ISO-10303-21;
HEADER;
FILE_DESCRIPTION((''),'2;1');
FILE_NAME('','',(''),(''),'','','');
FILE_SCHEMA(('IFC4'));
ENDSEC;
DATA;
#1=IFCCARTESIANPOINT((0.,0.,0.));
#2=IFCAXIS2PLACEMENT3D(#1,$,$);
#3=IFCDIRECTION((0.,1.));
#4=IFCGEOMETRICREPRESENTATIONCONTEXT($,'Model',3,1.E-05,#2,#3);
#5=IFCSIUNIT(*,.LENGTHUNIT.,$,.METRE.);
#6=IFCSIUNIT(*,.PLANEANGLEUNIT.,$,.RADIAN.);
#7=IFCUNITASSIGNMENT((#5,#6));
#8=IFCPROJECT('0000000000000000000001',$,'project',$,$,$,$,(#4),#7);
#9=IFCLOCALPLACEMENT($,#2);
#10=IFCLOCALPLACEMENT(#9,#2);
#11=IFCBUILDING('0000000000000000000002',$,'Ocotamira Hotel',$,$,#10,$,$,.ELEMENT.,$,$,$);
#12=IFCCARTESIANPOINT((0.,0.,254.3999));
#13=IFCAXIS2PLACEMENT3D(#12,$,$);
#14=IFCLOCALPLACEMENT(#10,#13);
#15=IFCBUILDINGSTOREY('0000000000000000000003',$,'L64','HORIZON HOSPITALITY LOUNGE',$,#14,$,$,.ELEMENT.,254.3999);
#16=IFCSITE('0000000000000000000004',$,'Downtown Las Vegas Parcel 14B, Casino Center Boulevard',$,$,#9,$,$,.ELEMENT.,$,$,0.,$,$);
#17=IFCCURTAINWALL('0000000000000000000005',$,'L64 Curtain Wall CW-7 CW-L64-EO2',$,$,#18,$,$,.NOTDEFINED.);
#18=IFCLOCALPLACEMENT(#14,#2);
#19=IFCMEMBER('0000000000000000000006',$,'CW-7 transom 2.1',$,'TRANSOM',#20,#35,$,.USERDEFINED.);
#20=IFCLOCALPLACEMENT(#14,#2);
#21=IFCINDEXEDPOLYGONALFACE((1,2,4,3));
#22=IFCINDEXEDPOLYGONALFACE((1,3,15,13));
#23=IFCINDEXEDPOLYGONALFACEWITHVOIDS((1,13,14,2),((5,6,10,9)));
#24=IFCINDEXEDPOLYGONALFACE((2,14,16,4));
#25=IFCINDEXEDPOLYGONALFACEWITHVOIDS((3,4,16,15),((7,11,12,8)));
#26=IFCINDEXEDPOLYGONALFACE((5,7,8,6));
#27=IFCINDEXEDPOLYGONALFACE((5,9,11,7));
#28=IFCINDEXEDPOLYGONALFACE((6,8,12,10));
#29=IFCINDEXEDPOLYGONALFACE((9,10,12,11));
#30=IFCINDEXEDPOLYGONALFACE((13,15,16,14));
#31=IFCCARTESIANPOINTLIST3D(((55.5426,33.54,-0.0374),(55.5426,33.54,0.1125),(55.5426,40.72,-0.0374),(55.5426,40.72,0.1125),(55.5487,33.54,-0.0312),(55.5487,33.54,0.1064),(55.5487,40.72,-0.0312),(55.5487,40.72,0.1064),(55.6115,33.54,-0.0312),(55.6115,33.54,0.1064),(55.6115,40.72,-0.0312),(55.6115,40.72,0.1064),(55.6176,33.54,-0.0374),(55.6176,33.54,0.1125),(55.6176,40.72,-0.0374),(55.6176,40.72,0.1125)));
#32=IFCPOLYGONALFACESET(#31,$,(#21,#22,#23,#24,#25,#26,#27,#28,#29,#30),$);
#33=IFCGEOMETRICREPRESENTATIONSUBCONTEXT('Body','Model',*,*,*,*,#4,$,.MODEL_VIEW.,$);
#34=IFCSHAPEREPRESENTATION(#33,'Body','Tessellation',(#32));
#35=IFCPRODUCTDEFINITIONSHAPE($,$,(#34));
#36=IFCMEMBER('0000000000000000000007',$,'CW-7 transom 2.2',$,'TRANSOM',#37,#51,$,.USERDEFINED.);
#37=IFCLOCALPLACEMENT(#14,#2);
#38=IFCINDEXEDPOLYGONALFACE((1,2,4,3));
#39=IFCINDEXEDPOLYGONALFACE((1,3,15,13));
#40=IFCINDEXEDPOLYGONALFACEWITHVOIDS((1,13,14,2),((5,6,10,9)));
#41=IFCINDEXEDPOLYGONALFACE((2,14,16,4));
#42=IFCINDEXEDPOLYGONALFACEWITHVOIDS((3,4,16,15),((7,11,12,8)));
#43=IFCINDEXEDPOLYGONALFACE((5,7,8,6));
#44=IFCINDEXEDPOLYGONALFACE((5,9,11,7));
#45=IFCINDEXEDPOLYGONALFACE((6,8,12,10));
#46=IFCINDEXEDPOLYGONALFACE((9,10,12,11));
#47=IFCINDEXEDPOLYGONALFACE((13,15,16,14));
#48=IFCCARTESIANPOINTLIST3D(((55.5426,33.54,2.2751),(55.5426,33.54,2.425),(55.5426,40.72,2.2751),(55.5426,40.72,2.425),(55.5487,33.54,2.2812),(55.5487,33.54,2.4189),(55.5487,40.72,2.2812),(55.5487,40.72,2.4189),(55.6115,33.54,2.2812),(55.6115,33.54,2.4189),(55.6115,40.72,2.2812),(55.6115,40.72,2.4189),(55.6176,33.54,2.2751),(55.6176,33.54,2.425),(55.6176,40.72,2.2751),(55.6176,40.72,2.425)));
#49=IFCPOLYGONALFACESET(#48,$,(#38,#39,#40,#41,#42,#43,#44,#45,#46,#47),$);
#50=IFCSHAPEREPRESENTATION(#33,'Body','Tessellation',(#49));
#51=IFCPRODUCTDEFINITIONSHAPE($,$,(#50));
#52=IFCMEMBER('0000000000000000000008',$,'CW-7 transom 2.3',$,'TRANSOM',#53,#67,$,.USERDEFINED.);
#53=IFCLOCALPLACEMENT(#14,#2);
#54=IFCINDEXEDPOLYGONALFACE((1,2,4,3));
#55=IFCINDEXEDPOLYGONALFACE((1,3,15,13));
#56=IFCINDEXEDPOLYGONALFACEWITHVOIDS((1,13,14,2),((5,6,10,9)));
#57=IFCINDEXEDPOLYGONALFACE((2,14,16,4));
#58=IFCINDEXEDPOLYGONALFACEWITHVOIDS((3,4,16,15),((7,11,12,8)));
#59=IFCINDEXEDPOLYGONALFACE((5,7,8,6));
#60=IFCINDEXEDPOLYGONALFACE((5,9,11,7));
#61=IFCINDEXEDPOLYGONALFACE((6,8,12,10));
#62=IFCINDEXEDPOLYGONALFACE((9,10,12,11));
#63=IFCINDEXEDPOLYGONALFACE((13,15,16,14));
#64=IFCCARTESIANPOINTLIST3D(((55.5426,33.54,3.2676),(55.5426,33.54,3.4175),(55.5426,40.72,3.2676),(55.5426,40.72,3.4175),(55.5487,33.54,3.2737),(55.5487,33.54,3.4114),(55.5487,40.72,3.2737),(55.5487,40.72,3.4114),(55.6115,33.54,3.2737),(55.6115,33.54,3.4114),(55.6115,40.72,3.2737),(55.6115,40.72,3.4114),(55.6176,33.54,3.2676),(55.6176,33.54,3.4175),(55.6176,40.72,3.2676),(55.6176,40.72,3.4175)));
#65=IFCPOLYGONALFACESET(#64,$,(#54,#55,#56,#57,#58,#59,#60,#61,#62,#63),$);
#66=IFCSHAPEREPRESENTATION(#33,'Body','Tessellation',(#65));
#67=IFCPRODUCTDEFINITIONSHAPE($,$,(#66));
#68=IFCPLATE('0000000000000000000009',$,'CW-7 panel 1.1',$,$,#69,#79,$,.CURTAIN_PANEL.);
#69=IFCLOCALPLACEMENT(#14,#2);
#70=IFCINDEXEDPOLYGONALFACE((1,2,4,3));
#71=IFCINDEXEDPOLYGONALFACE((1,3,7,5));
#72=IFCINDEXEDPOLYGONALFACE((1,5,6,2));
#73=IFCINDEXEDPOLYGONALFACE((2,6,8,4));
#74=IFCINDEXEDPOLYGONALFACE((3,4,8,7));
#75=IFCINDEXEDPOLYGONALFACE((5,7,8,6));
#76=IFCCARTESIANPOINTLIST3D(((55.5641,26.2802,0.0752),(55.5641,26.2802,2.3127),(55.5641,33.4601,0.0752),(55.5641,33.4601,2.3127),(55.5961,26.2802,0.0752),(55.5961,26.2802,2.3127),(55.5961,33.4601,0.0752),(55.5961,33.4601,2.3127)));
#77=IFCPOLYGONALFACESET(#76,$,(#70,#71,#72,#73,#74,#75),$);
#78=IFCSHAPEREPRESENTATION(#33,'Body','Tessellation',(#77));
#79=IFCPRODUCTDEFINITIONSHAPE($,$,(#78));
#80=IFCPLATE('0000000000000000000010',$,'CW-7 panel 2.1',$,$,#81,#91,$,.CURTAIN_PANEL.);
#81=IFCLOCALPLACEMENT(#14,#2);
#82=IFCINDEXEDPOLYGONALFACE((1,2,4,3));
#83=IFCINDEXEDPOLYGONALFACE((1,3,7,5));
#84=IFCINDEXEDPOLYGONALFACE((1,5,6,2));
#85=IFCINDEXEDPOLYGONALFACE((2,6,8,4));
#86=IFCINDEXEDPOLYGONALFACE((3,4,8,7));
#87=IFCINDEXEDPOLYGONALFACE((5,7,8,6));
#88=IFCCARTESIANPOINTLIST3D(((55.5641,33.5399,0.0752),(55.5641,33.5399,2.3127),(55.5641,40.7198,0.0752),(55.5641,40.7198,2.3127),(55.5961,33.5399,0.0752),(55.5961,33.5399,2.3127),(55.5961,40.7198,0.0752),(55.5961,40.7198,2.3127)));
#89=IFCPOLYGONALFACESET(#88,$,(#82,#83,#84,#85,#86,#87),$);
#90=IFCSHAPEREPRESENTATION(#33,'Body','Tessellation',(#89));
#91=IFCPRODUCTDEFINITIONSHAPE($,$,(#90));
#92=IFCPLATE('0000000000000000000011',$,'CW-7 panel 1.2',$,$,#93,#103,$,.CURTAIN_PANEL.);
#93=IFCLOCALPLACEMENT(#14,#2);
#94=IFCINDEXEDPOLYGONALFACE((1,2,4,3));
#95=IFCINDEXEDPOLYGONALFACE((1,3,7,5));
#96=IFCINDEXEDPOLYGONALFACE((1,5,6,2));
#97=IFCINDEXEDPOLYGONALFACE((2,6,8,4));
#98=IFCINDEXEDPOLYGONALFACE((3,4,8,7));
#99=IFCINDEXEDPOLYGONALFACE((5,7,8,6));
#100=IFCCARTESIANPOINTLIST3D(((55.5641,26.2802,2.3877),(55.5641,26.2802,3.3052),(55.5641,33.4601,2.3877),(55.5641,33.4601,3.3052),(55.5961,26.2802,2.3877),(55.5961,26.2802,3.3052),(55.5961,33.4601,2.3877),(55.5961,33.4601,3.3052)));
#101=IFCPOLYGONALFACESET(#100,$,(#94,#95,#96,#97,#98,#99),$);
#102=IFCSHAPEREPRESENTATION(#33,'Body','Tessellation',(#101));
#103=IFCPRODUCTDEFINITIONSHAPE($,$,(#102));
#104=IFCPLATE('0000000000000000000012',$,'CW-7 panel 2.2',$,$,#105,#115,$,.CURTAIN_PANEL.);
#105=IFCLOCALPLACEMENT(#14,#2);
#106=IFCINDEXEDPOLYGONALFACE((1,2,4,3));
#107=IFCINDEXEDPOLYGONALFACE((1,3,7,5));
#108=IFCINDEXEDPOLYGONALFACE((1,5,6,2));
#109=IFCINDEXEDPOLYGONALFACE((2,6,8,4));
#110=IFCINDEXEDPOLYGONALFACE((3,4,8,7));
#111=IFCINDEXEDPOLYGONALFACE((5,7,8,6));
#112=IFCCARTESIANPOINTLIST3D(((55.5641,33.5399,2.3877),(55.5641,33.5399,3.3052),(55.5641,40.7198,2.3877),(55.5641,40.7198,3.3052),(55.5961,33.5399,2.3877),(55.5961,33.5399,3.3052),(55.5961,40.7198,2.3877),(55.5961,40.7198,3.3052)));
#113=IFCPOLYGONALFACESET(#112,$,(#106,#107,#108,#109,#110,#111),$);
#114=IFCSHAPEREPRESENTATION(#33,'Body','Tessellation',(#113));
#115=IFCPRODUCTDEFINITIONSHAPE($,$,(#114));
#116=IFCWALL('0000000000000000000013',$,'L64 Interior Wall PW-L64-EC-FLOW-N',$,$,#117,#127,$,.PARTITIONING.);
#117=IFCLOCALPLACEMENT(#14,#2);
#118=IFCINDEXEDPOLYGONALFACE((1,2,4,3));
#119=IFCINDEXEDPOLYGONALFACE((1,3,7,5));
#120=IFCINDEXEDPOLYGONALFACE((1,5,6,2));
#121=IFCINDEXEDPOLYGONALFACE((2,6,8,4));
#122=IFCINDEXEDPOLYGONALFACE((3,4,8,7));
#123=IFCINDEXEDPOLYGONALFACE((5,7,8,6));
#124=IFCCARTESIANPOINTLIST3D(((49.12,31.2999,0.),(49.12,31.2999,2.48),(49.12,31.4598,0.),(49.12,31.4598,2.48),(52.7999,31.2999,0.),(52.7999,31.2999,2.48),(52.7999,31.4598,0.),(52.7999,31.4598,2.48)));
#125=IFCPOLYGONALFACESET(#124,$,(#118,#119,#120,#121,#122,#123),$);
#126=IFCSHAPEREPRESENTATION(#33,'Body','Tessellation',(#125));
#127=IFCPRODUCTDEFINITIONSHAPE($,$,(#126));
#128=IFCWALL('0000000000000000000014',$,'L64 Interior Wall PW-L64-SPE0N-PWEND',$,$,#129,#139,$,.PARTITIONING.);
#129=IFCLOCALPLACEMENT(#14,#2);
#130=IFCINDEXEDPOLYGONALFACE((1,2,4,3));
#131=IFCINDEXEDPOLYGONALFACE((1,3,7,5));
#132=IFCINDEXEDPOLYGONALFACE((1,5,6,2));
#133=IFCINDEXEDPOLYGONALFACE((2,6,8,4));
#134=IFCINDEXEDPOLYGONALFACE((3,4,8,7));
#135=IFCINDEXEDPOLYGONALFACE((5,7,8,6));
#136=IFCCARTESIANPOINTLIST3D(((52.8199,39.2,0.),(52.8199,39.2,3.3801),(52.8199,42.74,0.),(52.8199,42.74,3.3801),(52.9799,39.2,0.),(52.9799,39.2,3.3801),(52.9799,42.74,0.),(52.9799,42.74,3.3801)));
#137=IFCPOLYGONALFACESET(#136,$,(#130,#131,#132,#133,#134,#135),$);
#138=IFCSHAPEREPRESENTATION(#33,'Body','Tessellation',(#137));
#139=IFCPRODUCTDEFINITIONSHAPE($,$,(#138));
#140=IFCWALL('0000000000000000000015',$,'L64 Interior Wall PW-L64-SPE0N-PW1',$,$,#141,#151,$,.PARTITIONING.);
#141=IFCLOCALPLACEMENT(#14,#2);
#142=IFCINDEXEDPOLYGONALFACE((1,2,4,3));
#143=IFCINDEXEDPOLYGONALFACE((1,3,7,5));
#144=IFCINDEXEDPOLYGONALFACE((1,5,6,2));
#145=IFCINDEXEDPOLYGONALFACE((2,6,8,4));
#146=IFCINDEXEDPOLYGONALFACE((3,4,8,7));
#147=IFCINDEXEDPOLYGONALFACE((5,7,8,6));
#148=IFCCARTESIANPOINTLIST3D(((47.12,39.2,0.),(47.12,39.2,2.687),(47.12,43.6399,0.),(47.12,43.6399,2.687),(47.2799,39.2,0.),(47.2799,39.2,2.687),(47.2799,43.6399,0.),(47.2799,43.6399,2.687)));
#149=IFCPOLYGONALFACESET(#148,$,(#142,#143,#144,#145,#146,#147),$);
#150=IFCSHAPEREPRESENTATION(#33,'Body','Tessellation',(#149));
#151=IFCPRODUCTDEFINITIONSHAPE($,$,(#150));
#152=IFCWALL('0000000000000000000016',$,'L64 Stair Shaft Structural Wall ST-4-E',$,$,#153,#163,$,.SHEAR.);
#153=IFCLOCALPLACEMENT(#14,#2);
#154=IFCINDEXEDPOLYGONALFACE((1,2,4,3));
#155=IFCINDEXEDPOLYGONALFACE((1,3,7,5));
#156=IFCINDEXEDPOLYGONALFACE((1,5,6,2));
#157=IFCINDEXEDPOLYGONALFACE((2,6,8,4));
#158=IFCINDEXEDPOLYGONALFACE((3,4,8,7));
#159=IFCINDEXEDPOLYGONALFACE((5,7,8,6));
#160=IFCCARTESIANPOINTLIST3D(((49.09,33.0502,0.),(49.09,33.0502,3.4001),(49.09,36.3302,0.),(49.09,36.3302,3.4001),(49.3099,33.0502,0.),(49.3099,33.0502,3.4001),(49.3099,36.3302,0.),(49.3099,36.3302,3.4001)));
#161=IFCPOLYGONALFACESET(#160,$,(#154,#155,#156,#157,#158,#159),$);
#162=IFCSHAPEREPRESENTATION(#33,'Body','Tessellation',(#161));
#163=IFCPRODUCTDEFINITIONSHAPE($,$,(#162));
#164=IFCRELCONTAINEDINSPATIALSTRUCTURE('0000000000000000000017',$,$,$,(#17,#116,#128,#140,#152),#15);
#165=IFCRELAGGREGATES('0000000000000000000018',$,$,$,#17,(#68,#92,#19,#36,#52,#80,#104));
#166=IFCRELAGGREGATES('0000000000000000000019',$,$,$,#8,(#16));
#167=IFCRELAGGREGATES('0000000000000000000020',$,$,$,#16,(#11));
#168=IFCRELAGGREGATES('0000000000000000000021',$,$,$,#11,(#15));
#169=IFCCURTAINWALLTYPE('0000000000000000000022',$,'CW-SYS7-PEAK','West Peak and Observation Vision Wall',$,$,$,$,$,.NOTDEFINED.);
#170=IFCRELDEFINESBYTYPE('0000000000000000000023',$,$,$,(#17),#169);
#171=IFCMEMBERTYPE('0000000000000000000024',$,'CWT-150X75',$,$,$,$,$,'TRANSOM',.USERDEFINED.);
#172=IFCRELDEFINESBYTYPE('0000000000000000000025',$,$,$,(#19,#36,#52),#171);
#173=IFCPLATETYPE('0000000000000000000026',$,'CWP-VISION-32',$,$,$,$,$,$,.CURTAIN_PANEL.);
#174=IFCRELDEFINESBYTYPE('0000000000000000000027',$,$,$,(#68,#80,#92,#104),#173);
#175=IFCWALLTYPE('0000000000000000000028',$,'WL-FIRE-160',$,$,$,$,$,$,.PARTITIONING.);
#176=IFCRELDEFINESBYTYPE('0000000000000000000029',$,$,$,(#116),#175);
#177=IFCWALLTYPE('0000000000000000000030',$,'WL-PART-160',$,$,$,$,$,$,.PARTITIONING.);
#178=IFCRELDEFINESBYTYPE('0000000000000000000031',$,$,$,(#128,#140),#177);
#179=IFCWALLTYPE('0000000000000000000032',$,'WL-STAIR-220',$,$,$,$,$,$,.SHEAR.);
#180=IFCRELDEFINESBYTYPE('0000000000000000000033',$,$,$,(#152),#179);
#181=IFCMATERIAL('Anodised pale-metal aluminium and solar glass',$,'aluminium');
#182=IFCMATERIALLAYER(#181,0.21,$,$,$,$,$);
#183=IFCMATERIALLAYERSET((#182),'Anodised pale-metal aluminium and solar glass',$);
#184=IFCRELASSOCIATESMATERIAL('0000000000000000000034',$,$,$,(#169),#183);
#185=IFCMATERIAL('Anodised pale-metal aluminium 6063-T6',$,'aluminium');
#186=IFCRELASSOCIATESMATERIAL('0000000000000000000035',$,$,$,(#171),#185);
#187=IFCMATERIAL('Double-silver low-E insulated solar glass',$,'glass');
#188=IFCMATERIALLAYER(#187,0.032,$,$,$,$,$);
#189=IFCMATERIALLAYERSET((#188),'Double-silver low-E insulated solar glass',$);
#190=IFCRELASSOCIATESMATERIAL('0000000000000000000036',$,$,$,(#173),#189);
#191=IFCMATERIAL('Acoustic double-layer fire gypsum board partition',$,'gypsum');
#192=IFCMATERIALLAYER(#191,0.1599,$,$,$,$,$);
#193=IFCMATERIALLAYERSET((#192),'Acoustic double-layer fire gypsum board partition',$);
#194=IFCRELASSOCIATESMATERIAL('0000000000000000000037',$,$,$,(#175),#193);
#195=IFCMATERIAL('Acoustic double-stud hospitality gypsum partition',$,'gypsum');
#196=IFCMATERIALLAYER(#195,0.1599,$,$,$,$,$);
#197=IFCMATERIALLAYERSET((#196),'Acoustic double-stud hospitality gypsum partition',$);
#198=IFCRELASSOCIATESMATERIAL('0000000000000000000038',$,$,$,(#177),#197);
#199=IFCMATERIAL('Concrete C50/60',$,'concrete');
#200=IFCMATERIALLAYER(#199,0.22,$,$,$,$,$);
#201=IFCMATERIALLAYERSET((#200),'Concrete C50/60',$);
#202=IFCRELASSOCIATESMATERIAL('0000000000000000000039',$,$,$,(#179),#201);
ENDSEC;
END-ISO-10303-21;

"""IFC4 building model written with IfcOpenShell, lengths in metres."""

from ifc_helpers import new_model, si_unit, direction, frame, frame_2d, origin, origin_2d, place, context, subcontext, project, spatial, rectangle, hollow_rectangle, extrude, source, transform, mapped, material, layer, layer_set, material_profile, profile_set, type_object, element, aggregate, save


model = new_model("IFC4")

# Units and contexts
model_context = context("Model", 3, precision=1e-05, world=origin(), true_north=direction((0.0, 1.0)))
body_context = subcontext(model_context, "Body", "Model", "MODEL_VIEW")
ifc_project = project(units=[si_unit("LENGTHUNIT", "METRE"), si_unit("PLANEANGLEUNIT", "RADIAN")], contexts=[model_context])

# Site, building, storey
site_placement = place(None, origin())
site = spatial("IfcSite", under=ifc_project, at=site_placement, Name="Downtown Las Vegas Parcel 14B, Casino Center Boulevard", CompositionType="ELEMENT", RefElevation=0.0)
building_placement = place(site_placement, origin())
building = spatial("IfcBuilding", under=site, at=building_placement, Name="Ocotamira Hotel", CompositionType="ELEMENT")
storey_placement = place(building_placement, frame((0.0, 0.0, 254.3999)))
storey = spatial("IfcBuildingStorey", under=building, at=storey_placement, Name="L64", Description="HORIZON HOSPITALITY LOUNGE", CompositionType="ELEMENT", Elevation=254.3999)

# Curtain wall, members, plates
ifc_material_1 = material(Name="Anodised pale-metal aluminium and solar glass", Category="aluminium")
ifc_layer_1 = layer(ifc_material_1, 0.21)
ifc_layer_set_1 = layer_set([ifc_layer_1], Name="Anodised pale-metal aluminium and solar glass")
curtain_wall_type = type_object("IfcCurtainWallType", Name="CW-SYS7-PEAK", Description="West Peak and Observation Vision Wall", PredefinedType="NOTDEFINED", material=ifc_layer_set_1)
curtain_wall_placement = place(storey_placement, origin())
curtain_wall = element("IfcCurtainWall", 1, at=curtain_wall_placement, inside=storey, type_object=curtain_wall_type, Name="L64 Curtain Wall CW-7 CW-L64-EO2", PredefinedType="NOTDEFINED")
ifc_material_2 = material(Name="Anodised pale-metal aluminium 6063-T6", Category="aluminium")
ifc_material_profile_1 = material_profile(ifc_material_2, hollow_rectangle(XDim=0.075, YDim=0.1499, WallThickness=0.0061, at=origin_2d()), Name="HSS150X75X6")
ifc_profile_set_1 = profile_set([ifc_material_profile_1], Name="Anodised pale-metal aluminium 6063-T6")
member_type_1 = type_object("IfcMemberType", Name="CWT-150X75", ElementType="TRANSOM", PredefinedType="USERDEFINED", material=ifc_profile_set_1)
shared_shape_1 = source(origin(), body_context, "Body", "SweptSolid", [
    extrude(hollow_rectangle(XDim=0.075, YDim=0.1499, WallThickness=0.0061, at=origin_2d()), origin(), (0.0, 0.0, 1.0), 7.1799),
])
member_1_placement = place(storey_placement, frame((55.5801, 33.54, 0.0376), z_axis=(0.0, 1.0, 0.0), x_axis=(-1.0, 0.0, 0.0)))
member_1 = element("IfcMember", 2, at=member_1_placement, type_object=member_type_1, Name="CW-7 transom 2.1", ObjectType="TRANSOM", PredefinedType="USERDEFINED", context=body_context, shape_type="MappedRepresentation", body=[
    mapped(shared_shape_1, transform((0.0, 0.0, 0.0), scale=1.0)),
])
member_2_placement = place(storey_placement, frame((55.5801, 33.54, 2.3501), z_axis=(0.0, 1.0, 0.0), x_axis=(-1.0, 0.0, 0.0)))
member_2 = element("IfcMember", 3, at=member_2_placement, type_object=member_type_1, Name="CW-7 transom 2.2", ObjectType="TRANSOM", PredefinedType="USERDEFINED", context=body_context, shape_type="MappedRepresentation", body=[
    mapped(shared_shape_1, transform((0.0, 0.0, 0.0), scale=1.0)),
])
member_3_placement = place(storey_placement, frame((55.5801, 33.54, 3.3425), z_axis=(0.0, 1.0, 0.0), x_axis=(-1.0, 0.0, 0.0)))
member_3 = element("IfcMember", 4, at=member_3_placement, type_object=member_type_1, Name="CW-7 transom 2.3", ObjectType="TRANSOM", PredefinedType="USERDEFINED", context=body_context, shape_type="MappedRepresentation", body=[
    mapped(shared_shape_1, transform((0.0, 0.0, 0.0), scale=1.0)),
])
ifc_material_3 = material(Name="Double-silver low-E insulated solar glass", Category="glass")
ifc_layer_2 = layer(ifc_material_3, 0.032)
ifc_layer_set_2 = layer_set([ifc_layer_2], Name="Double-silver low-E insulated solar glass")
plate_type = type_object("IfcPlateType", Name="CWP-VISION-32", PredefinedType="CURTAIN_PANEL", material=ifc_layer_set_2)
shared_shape_2 = source(origin(), body_context, "Body", "SweptSolid", [
    extrude(rectangle(XDim=7.1799, YDim=0.032, at=origin_2d()), origin(), (0.0, 0.0, 1.0), 2.2375),
])
plate_1_placement = place(storey_placement, frame((55.5801, 29.8701, 0.0752), z_axis=(0.0, 0.0, 1.0), x_axis=(0.0, 1.0, 0.0)))
plate_1 = element("IfcPlate", 5, at=plate_1_placement, type_object=plate_type, Name="CW-7 panel 1.1", PredefinedType="CURTAIN_PANEL", context=body_context, shape_type="MappedRepresentation", body=[
    mapped(shared_shape_2, transform((0.0, 0.0, 0.0), scale=1.0)),
])
plate_2_placement = place(storey_placement, frame((55.5801, 37.1299, 0.0752), z_axis=(0.0, 0.0, 1.0), x_axis=(0.0, 1.0, 0.0)))
plate_2 = element("IfcPlate", 6, at=plate_2_placement, type_object=plate_type, Name="CW-7 panel 2.1", PredefinedType="CURTAIN_PANEL", context=body_context, shape_type="MappedRepresentation", body=[
    mapped(shared_shape_2, transform((0.0, 0.0, 0.0), scale=1.0)),
])
shared_shape_3 = source(origin(), body_context, "Body", "SweptSolid", [
    extrude(rectangle(XDim=7.1799, YDim=0.032, at=origin_2d()), origin(), (0.0, 0.0, 1.0), 0.9175),
])
plate_3_placement = place(storey_placement, frame((55.5801, 29.8701, 2.3877), z_axis=(0.0, 0.0, 1.0), x_axis=(0.0, 1.0, 0.0)))
plate_3 = element("IfcPlate", 7, at=plate_3_placement, type_object=plate_type, Name="CW-7 panel 1.2", PredefinedType="CURTAIN_PANEL", context=body_context, shape_type="MappedRepresentation", body=[
    mapped(shared_shape_3, transform((0.0, 0.0, 0.0), scale=1.0)),
])
plate_4_placement = place(storey_placement, frame((55.5801, 37.1299, 2.3877), z_axis=(0.0, 0.0, 1.0), x_axis=(0.0, 1.0, 0.0)))
plate_4 = element("IfcPlate", 8, at=plate_4_placement, type_object=plate_type, Name="CW-7 panel 2.2", PredefinedType="CURTAIN_PANEL", context=body_context, shape_type="MappedRepresentation", body=[
    mapped(shared_shape_3, transform((0.0, 0.0, 0.0), scale=1.0)),
])
aggregate(curtain_wall, [plate_1, plate_3, member_1, member_2, member_3, plate_2, plate_4])

# Wall
ifc_material_4 = material(Name="Acoustic double-layer fire gypsum board partition", Category="gypsum")
ifc_layer_3 = layer(ifc_material_4, 0.1599)
ifc_layer_set_3 = layer_set([ifc_layer_3], Name="Acoustic double-layer fire gypsum board partition")
wall_type_1 = type_object("IfcWallType", Name="WL-FIRE-160", PredefinedType="PARTITIONING", material=ifc_layer_set_3)
wall_1_placement = place(storey_placement, frame((49.1201, 31.3799, 0.0), z_axis=(0.0, 0.0, 1.0), x_axis=(1.0, 0.0, 0.0)))
element("IfcWall", 9, at=wall_1_placement, inside=storey, type_object=wall_type_1, Name="L64 Interior Wall PW-L64-EC-FLOW-N", PredefinedType="PARTITIONING", context=body_context, shape_type="SweptSolid", body=[
    extrude(rectangle(XDim=3.6799, YDim=0.1599, at=frame_2d((1.8398, 0.0))), origin(), (0.0, 0.0, 1.0), 2.48),
])

# Walls
ifc_material_5 = material(Name="Acoustic double-stud hospitality gypsum partition", Category="gypsum")
ifc_layer_4 = layer(ifc_material_5, 0.1599)
ifc_layer_set_4 = layer_set([ifc_layer_4], Name="Acoustic double-stud hospitality gypsum partition")
wall_type_2 = type_object("IfcWallType", Name="WL-PART-160", PredefinedType="PARTITIONING", material=ifc_layer_set_4)
wall_2_placement = place(storey_placement, frame((52.8999, 39.2, 0.0), z_axis=(0.0, 0.0, 1.0), x_axis=(0.0, 1.0, 0.0)))
element("IfcWall", 10, at=wall_2_placement, inside=storey, type_object=wall_type_2, Name="L64 Interior Wall PW-L64-SPE0N-PWEND", PredefinedType="PARTITIONING", context=body_context, shape_type="SweptSolid", body=[
    extrude(rectangle(XDim=3.54, YDim=0.1599, at=frame_2d((1.77, 0.0))), origin(), (0.0, 0.0, 1.0), 3.3801),
])
wall_3_placement = place(storey_placement, frame((47.2, 39.2, 0.0), z_axis=(0.0, 0.0, 1.0), x_axis=(0.0, 1.0, 0.0)))
element("IfcWall", 11, at=wall_3_placement, inside=storey, type_object=wall_type_2, Name="L64 Interior Wall PW-L64-SPE0N-PW1", PredefinedType="PARTITIONING", context=body_context, shape_type="SweptSolid", body=[
    extrude(rectangle(XDim=4.4399, YDim=0.1599, at=frame_2d((2.22, 0.0))), origin(), (0.0, 0.0, 1.0), 2.687),
])
ifc_material_6 = material(Name="Concrete C50/60", Category="concrete")
ifc_layer_5 = layer(ifc_material_6, 0.22)
ifc_layer_set_5 = layer_set([ifc_layer_5], Name="Concrete C50/60")
wall_type_3 = type_object("IfcWallType", Name="WL-STAIR-220", PredefinedType="SHEAR", material=ifc_layer_set_5)
wall_4_placement = place(storey_placement, frame((49.2, 33.05, 0.0), z_axis=(0.0, 0.0, 1.0), x_axis=(0.0, 1.0, 0.0)))
element("IfcWall", 12, at=wall_4_placement, inside=storey, type_object=wall_type_3, Name="L64 Stair Shaft Structural Wall ST-4-E", PredefinedType="SHEAR", context=body_context, shape_type="SweptSolid", body=[
    extrude(rectangle(XDim=3.28, YDim=0.22, at=frame_2d((1.6401, 0.0))), origin(), (0.0, 0.0, 1.0), 3.4001),
])

save(model, "model.ifc")
